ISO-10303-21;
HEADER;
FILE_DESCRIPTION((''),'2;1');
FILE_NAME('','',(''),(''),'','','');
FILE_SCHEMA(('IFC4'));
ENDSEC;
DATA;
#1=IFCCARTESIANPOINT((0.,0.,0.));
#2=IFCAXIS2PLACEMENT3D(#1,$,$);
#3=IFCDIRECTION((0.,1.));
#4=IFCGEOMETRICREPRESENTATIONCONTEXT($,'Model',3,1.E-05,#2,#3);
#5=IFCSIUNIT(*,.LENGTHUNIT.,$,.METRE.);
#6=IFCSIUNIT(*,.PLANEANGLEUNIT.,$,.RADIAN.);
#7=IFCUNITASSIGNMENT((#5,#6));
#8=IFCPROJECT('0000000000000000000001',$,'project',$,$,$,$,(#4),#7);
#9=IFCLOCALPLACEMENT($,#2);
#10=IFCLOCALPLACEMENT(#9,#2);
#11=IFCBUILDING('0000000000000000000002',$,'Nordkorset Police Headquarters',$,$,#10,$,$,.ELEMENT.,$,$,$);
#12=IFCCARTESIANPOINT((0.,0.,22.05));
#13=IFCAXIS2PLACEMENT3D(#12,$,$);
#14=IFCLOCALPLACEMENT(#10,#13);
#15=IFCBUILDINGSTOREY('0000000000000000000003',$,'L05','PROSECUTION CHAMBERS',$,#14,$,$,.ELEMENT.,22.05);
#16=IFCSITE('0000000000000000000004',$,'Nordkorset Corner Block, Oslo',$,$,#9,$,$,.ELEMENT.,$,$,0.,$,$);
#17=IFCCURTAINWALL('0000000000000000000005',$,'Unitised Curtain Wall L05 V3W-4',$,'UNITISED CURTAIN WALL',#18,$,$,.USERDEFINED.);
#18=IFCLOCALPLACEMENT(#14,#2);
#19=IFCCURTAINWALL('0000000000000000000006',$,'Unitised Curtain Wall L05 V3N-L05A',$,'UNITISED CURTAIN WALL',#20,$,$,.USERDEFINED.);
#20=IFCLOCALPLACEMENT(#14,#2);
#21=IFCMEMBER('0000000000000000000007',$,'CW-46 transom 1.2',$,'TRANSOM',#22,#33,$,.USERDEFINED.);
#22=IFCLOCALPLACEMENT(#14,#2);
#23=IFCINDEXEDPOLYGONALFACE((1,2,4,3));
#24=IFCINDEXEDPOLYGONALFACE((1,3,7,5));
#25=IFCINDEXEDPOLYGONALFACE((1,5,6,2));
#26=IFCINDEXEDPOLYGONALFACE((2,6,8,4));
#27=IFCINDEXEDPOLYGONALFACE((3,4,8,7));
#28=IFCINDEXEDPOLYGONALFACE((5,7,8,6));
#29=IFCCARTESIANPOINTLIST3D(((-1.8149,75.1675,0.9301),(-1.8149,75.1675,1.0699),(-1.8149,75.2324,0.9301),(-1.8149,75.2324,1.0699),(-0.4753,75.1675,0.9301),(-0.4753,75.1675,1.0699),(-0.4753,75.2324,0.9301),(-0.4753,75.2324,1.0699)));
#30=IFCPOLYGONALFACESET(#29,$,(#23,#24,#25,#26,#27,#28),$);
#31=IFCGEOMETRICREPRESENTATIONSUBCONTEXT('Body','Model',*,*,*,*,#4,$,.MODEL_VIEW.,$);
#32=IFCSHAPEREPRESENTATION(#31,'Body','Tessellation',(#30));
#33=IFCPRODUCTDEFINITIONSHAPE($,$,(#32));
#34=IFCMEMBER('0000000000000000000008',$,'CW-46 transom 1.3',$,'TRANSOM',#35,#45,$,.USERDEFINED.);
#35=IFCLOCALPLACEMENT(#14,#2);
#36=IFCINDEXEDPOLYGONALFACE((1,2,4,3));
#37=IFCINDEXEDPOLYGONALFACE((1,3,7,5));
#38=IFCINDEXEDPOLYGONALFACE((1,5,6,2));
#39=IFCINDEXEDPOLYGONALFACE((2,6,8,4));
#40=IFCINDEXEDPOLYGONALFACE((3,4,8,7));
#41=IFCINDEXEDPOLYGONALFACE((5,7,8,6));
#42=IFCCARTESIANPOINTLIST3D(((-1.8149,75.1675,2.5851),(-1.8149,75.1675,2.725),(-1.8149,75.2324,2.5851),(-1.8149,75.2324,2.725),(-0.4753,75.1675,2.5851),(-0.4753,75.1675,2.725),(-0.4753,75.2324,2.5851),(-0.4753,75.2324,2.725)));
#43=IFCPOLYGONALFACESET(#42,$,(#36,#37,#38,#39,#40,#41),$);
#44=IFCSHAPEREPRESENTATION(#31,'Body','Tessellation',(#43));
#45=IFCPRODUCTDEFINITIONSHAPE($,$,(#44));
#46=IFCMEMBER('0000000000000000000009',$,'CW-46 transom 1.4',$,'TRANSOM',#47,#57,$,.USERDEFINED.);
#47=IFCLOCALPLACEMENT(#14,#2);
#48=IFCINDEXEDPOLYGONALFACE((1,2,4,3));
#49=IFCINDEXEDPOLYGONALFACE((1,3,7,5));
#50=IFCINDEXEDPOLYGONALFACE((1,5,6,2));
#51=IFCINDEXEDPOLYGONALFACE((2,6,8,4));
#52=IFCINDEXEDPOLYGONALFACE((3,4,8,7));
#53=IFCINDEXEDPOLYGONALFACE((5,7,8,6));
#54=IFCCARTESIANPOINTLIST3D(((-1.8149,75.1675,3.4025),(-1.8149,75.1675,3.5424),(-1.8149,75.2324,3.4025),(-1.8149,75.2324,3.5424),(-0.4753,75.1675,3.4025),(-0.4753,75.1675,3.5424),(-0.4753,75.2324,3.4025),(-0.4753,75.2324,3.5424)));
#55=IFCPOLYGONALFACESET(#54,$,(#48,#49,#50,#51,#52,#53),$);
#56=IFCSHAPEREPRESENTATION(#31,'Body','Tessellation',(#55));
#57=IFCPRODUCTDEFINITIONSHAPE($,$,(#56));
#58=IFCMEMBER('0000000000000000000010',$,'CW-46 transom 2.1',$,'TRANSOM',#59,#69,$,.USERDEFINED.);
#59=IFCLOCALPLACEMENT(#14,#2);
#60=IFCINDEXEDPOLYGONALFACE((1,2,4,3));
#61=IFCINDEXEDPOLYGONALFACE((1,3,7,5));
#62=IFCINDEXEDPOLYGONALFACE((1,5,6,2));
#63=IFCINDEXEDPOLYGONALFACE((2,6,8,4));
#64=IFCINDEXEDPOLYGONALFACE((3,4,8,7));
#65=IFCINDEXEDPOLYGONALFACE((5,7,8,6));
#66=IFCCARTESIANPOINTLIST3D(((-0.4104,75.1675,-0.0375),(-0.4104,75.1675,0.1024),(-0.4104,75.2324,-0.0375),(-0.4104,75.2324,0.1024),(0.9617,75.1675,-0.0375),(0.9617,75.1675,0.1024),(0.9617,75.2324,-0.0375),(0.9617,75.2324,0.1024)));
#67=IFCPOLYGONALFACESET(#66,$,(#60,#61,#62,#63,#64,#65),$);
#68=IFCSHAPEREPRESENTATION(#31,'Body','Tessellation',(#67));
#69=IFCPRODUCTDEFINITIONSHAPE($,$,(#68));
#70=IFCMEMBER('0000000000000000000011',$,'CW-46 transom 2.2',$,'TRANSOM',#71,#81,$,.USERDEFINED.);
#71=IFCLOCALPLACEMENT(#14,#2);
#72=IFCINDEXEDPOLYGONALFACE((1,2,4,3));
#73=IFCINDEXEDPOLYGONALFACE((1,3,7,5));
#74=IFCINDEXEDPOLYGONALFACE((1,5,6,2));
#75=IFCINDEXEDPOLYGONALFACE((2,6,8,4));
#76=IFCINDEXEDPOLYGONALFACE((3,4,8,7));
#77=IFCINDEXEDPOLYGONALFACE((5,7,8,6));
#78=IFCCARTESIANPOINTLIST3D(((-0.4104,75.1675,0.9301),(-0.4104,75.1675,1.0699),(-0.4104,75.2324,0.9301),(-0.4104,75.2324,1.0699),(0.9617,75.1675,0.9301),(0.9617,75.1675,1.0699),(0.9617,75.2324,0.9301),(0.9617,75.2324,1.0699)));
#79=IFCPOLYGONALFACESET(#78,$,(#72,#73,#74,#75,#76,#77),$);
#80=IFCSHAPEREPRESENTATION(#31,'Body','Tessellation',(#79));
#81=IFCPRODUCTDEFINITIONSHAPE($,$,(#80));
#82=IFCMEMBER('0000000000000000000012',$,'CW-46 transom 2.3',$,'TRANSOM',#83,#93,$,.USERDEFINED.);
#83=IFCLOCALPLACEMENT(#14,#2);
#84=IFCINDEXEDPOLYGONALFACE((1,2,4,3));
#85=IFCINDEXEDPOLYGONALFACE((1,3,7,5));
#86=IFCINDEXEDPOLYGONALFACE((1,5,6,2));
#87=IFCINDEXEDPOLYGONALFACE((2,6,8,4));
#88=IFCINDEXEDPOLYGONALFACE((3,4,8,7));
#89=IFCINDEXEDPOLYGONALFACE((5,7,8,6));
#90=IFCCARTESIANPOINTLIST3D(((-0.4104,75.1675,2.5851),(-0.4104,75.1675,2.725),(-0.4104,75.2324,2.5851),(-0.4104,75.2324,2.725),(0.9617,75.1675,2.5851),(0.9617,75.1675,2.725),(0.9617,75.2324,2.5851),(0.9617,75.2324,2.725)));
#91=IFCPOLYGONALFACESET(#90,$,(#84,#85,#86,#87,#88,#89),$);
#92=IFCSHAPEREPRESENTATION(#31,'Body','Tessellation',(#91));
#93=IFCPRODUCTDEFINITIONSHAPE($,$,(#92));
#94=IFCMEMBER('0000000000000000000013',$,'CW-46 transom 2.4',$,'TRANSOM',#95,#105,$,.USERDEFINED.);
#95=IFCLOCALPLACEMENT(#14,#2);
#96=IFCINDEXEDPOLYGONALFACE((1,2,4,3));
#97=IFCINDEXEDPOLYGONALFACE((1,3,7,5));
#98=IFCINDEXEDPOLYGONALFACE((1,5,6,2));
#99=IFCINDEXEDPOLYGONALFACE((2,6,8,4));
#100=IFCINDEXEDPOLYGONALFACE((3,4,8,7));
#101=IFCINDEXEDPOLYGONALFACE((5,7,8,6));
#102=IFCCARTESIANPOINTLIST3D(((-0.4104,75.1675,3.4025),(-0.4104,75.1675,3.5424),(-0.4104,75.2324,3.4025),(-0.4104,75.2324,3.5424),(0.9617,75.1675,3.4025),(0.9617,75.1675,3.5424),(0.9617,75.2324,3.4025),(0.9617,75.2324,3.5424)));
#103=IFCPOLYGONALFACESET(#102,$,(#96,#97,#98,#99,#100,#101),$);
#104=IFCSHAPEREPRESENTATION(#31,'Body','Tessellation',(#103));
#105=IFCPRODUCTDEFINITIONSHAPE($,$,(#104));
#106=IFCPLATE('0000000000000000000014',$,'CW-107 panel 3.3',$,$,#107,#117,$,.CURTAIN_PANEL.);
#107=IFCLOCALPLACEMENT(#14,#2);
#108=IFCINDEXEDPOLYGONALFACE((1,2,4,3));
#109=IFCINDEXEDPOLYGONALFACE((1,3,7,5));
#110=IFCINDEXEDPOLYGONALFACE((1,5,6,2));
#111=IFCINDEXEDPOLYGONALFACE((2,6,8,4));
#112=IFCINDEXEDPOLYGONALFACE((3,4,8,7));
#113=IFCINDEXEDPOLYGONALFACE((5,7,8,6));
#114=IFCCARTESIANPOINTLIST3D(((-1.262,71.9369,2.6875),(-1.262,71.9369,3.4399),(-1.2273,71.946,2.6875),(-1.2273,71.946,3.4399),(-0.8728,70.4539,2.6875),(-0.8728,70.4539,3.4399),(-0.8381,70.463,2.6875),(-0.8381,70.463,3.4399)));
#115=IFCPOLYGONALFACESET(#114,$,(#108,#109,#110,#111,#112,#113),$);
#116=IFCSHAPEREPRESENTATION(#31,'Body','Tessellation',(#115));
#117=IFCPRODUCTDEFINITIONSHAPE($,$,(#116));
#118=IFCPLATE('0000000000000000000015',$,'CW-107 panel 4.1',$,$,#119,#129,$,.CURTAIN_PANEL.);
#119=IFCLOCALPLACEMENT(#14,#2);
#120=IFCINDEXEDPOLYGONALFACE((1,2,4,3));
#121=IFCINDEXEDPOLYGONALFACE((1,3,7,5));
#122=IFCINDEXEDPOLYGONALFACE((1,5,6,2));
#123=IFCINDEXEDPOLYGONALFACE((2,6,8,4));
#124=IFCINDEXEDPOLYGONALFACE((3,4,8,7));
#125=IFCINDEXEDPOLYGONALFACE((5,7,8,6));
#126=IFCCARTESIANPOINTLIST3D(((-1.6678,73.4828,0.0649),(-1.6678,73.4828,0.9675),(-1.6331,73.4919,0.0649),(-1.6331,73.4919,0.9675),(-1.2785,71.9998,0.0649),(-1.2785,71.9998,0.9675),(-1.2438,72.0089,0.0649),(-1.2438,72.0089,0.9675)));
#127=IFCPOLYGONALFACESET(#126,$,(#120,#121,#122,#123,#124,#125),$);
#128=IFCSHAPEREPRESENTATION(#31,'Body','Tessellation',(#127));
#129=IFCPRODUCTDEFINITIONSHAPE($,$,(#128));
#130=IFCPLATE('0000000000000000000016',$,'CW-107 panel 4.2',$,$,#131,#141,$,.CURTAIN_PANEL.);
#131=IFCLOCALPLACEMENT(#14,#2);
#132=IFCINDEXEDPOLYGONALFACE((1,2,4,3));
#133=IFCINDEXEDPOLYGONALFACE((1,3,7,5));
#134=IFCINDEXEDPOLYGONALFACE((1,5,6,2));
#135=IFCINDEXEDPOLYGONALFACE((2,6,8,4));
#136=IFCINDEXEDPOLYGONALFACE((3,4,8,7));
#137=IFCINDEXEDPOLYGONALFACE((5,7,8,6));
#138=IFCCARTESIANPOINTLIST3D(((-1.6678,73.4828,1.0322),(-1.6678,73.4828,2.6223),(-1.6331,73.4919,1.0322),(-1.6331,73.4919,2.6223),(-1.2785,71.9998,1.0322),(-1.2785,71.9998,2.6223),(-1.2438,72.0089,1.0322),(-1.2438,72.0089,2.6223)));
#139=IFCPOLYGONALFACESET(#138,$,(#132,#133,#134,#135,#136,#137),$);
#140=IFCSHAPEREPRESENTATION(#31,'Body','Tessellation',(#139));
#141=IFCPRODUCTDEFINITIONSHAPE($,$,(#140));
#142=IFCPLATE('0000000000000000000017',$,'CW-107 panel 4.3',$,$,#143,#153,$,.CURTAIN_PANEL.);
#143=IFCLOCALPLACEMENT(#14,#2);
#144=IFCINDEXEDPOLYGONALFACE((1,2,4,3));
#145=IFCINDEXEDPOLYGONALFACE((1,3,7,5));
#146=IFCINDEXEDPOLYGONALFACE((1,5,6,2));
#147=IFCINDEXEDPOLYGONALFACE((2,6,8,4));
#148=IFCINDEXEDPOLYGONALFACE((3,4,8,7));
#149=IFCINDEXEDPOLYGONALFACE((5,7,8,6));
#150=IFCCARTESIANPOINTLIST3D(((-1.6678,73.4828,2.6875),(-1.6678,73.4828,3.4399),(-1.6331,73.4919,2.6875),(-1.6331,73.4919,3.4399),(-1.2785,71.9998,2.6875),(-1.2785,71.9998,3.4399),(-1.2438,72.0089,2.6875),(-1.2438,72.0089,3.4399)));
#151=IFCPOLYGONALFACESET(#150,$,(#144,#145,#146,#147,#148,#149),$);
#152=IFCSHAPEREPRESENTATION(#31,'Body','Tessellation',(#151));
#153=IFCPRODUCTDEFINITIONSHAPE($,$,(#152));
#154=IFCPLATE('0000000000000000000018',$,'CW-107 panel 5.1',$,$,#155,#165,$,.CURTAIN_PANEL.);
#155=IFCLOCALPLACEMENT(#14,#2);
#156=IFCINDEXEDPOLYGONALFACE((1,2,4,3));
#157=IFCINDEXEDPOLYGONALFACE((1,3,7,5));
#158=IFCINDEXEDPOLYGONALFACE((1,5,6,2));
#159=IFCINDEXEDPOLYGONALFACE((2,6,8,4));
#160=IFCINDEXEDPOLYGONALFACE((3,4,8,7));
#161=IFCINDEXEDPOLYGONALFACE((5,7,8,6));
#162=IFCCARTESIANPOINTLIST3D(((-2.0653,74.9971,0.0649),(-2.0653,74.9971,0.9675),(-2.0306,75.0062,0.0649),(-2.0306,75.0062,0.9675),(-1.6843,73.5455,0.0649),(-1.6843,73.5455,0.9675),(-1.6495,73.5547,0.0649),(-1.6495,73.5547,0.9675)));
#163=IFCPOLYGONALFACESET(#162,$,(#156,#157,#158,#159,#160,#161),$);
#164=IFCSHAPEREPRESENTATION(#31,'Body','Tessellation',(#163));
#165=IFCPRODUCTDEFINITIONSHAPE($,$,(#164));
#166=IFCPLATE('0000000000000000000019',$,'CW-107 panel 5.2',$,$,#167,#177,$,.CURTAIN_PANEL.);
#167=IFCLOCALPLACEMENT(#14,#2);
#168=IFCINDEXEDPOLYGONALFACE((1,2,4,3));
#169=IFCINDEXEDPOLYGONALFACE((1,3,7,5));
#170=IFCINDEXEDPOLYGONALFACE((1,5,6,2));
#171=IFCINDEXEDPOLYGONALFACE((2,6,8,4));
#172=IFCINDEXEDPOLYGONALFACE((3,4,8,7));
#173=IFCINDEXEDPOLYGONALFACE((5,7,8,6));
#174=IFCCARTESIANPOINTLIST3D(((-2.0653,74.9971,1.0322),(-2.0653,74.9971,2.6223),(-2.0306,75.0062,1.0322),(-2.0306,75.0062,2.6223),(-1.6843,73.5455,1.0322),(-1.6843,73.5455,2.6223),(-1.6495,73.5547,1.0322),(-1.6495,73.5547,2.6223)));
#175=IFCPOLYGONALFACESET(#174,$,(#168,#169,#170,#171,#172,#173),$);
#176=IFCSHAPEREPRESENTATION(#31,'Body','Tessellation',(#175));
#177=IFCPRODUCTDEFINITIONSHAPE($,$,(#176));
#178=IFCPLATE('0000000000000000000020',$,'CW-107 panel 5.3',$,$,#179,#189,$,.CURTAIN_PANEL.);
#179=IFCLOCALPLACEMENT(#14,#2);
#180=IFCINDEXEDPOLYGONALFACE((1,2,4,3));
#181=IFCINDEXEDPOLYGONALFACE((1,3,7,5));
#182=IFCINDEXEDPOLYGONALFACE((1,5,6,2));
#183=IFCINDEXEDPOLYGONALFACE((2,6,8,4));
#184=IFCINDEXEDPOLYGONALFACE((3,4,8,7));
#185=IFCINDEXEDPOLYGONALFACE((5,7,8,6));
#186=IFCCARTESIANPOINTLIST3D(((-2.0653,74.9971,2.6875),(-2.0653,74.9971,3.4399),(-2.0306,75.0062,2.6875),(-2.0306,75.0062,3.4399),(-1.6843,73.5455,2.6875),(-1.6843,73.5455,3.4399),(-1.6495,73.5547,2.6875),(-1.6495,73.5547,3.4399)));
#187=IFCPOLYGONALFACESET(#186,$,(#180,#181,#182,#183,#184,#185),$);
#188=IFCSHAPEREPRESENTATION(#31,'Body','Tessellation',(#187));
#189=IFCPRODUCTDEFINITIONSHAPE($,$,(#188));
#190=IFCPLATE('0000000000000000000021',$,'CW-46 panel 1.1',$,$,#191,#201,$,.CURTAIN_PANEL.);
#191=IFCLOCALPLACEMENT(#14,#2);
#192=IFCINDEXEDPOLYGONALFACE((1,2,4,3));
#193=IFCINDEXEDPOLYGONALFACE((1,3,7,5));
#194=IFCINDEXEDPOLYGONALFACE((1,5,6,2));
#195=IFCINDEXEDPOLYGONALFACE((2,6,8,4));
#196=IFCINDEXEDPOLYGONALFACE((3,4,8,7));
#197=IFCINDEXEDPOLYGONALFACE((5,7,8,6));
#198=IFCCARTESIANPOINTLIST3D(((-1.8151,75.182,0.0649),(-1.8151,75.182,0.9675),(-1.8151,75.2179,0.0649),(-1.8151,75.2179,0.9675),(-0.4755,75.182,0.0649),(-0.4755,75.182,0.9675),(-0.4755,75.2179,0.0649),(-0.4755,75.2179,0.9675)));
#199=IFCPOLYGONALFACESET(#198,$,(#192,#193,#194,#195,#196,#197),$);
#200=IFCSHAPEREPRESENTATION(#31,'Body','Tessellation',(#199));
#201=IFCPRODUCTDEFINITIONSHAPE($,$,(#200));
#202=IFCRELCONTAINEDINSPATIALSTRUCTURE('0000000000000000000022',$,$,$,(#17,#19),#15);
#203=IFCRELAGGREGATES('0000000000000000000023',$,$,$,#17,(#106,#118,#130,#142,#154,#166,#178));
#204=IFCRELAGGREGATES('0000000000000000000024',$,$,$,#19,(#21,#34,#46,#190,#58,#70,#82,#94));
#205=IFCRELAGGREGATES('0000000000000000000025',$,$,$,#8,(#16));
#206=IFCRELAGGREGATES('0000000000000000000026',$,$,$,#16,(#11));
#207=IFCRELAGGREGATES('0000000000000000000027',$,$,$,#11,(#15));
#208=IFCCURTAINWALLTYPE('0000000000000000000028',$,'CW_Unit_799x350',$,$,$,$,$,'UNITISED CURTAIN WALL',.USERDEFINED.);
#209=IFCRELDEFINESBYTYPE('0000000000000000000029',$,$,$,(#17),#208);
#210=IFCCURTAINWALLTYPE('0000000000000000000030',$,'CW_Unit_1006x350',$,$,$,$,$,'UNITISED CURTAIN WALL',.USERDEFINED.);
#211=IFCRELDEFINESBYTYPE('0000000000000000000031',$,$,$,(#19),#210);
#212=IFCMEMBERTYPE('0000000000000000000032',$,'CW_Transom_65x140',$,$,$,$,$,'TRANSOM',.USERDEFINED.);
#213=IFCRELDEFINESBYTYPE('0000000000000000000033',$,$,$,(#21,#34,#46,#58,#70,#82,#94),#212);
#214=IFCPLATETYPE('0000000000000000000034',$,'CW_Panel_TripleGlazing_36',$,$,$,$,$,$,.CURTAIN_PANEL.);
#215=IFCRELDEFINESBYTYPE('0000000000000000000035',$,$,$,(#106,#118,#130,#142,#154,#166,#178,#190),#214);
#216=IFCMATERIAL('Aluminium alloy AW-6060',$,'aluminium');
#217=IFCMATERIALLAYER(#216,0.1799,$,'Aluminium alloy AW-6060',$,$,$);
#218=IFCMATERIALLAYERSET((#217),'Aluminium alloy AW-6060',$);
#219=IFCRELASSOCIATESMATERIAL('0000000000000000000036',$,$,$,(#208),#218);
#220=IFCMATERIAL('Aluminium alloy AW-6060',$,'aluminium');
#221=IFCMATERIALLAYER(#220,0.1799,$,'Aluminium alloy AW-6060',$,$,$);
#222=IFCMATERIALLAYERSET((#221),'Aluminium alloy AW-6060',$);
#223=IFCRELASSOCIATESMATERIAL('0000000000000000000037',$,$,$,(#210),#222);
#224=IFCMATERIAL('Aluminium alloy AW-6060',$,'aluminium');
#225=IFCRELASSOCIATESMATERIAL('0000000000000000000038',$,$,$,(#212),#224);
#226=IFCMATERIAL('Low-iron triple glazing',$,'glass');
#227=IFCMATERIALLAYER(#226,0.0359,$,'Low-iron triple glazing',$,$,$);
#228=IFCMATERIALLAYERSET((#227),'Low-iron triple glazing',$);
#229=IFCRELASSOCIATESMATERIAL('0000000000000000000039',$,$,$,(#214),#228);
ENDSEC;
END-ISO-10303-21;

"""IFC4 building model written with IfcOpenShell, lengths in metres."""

from ifc_helpers import new_model, si_unit, direction, frame, origin, origin_2d, place, context, subcontext, project, spatial, rectangle, extrude, material, layer, layer_set, material_profile, profile_set, type_object, element, aggregate, save


model = new_model("IFC4")

# Units and contexts
model_context = context("Model", 3, precision=1e-05, world=origin(), true_north=direction((0.0, 1.0)))
body_context = subcontext(model_context, "Body", "Model", "MODEL_VIEW")
ifc_project = project(units=[si_unit("LENGTHUNIT", "METRE"), si_unit("PLANEANGLEUNIT", "RADIAN")], contexts=[model_context])

# Site, building, storey
site_placement = place(None, origin())
site = spatial("IfcSite", under=ifc_project, at=site_placement, Name="Nordkorset Corner Block, Oslo", CompositionType="ELEMENT", RefElevation=0.0)
building_placement = place(site_placement, origin())
building = spatial("IfcBuilding", under=site, at=building_placement, Name="Nordkorset Police Headquarters", CompositionType="ELEMENT")
storey_placement = place(building_placement, frame((0.0, 0.0, 22.05)))
storey = spatial("IfcBuildingStorey", under=building, at=storey_placement, Name="L05", Description="PROSECUTION CHAMBERS", CompositionType="ELEMENT", Elevation=22.05)

# Curtain walls
ifc_material_1 = material(Name="Aluminium alloy AW-6060", Category="aluminium")
ifc_layer_1 = layer(ifc_material_1, 0.1799, Name="Aluminium alloy AW-6060")
ifc_layer_set_1 = layer_set([ifc_layer_1], Name="Aluminium alloy AW-6060")
curtain_wall_type_1 = type_object("IfcCurtainWallType", Name="CW_Unit_799x350", ElementType="UNITISED CURTAIN WALL", PredefinedType="USERDEFINED", material=ifc_layer_set_1)
curtain_wall_1_placement = place(storey_placement, origin())
curtain_wall_1 = element("IfcCurtainWall", 1, at=curtain_wall_1_placement, inside=storey, type_object=curtain_wall_type_1, Name="Unitised Curtain Wall L05 V3W-4", ObjectType="UNITISED CURTAIN WALL", PredefinedType="USERDEFINED")
ifc_material_2 = material(Name="Aluminium alloy AW-6060", Category="aluminium")
ifc_layer_2 = layer(ifc_material_2, 0.1799, Name="Aluminium alloy AW-6060")
ifc_layer_set_2 = layer_set([ifc_layer_2], Name="Aluminium alloy AW-6060")
curtain_wall_type_2 = type_object("IfcCurtainWallType", Name="CW_Unit_1006x350", ElementType="UNITISED CURTAIN WALL", PredefinedType="USERDEFINED", material=ifc_layer_set_2)
curtain_wall_2_placement = place(storey_placement, origin())
curtain_wall_2 = element("IfcCurtainWall", 2, at=curtain_wall_2_placement, inside=storey, type_object=curtain_wall_type_2, Name="Unitised Curtain Wall L05 V3N-L05A", ObjectType="UNITISED CURTAIN WALL", PredefinedType="USERDEFINED")

# Members
ifc_material_3 = material(Name="Aluminium alloy AW-6060", Category="aluminium")
ifc_material_profile_1 = material_profile(ifc_material_3, rectangle(XDim=0.0649, YDim=0.1399, at=origin_2d()), Name="ALU TRAN 65x140")
ifc_profile_set_1 = profile_set([ifc_material_profile_1], Name="Aluminium alloy AW-6060")
member_type_1 = type_object("IfcMemberType", Name="CW_Transom_65x140", ElementType="TRANSOM", PredefinedType="USERDEFINED", material=ifc_profile_set_1)
member_1_placement = place(storey_placement, frame((-1.8149, 75.2, 1.0), z_axis=(1.0, 0.0, 0.0), x_axis=(0.0, 1.0, 0.0)))
member_1 = element("IfcMember", 3, at=member_1_placement, type_object=member_type_1, Name="CW-46 transom 1.2", ObjectType="TRANSOM", PredefinedType="USERDEFINED", context=body_context, shape_type="SweptSolid", body=[
    extrude(rectangle(XDim=0.0649, YDim=0.1399, at=origin_2d()), origin(), (0.0, 0.0, 1.0), 1.3396),
])
member_2_placement = place(storey_placement, frame((-1.8149, 75.2, 2.655), z_axis=(1.0, 0.0, 0.0), x_axis=(0.0, 1.0, 0.0)))
member_2 = element("IfcMember", 4, at=member_2_placement, type_object=member_type_1, Name="CW-46 transom 1.3", ObjectType="TRANSOM", PredefinedType="USERDEFINED", context=body_context, shape_type="SweptSolid", body=[
    extrude(rectangle(XDim=0.0649, YDim=0.1399, at=origin_2d()), origin(), (0.0, 0.0, 1.0), 1.3396),
])
member_3_placement = place(storey_placement, frame((-1.8149, 75.2, 3.4724), z_axis=(1.0, 0.0, 0.0), x_axis=(0.0, 1.0, 0.0)))
member_3 = element("IfcMember", 5, at=member_3_placement, type_object=member_type_1, Name="CW-46 transom 1.4", ObjectType="TRANSOM", PredefinedType="USERDEFINED", context=body_context, shape_type="SweptSolid", body=[
    extrude(rectangle(XDim=0.0649, YDim=0.1399, at=origin_2d()), origin(), (0.0, 0.0, 1.0), 1.3396),
])
member_4_placement = place(storey_placement, frame((-0.4104, 75.2, 0.0325), z_axis=(1.0, 0.0, 0.0), x_axis=(0.0, 1.0, 0.0)))
member_4 = element("IfcMember", 6, at=member_4_placement, type_object=member_type_1, Name="CW-46 transom 2.1", ObjectType="TRANSOM", PredefinedType="USERDEFINED", context=body_context, shape_type="SweptSolid", body=[
    extrude(rectangle(XDim=0.0649, YDim=0.1399, at=origin_2d()), origin(), (0.0, 0.0, 1.0), 1.3721),
])
member_5_placement = place(storey_placement, frame((-0.4104, 75.2, 1.0), z_axis=(1.0, 0.0, 0.0), x_axis=(0.0, 1.0, 0.0)))
member_5 = element("IfcMember", 7, at=member_5_placement, type_object=member_type_1, Name="CW-46 transom 2.2", ObjectType="TRANSOM", PredefinedType="USERDEFINED", context=body_context, shape_type="SweptSolid", body=[
    extrude(rectangle(XDim=0.0649, YDim=0.1399, at=origin_2d()), origin(), (0.0, 0.0, 1.0), 1.3721),
])
member_6_placement = place(storey_placement, frame((-0.4104, 75.2, 2.655), z_axis=(1.0, 0.0, 0.0), x_axis=(0.0, 1.0, 0.0)))
member_6 = element("IfcMember", 8, at=member_6_placement, type_object=member_type_1, Name="CW-46 transom 2.3", ObjectType="TRANSOM", PredefinedType="USERDEFINED", context=body_context, shape_type="SweptSolid", body=[
    extrude(rectangle(XDim=0.0649, YDim=0.1399, at=origin_2d()), origin(), (0.0, 0.0, 1.0), 1.3721),
])
member_7_placement = place(storey_placement, frame((-0.4104, 75.2, 3.4724), z_axis=(1.0, 0.0, 0.0), x_axis=(0.0, 1.0, 0.0)))
member_7 = element("IfcMember", 9, at=member_7_placement, type_object=member_type_1, Name="CW-46 transom 2.4", ObjectType="TRANSOM", PredefinedType="USERDEFINED", context=body_context, shape_type="SweptSolid", body=[
    extrude(rectangle(XDim=0.0649, YDim=0.1399, at=origin_2d()), origin(), (0.0, 0.0, 1.0), 1.3721),
])

# Plates
ifc_material_4 = material(Name="Low-iron triple glazing", Category="glass")
ifc_layer_3 = layer(ifc_material_4, 0.0359, Name="Low-iron triple glazing")
ifc_layer_set_3 = layer_set([ifc_layer_3], Name="Low-iron triple glazing")
plate_type = type_object("IfcPlateType", Name="CW_Panel_TripleGlazing_36", PredefinedType="CURTAIN_PANEL", material=ifc_layer_set_3)
plate_1_placement = place(storey_placement, frame((-1.05, 71.2, 2.6875), z_axis=(0.0, 0.0, 1.0), x_axis=(-0.253897, 0.967231, 0.0)))
plate_1 = element("IfcPlate", 10, at=plate_1_placement, type_object=plate_type, Name="CW-107 panel 3.3", PredefinedType="CURTAIN_PANEL", context=body_context, shape_type="SweptSolid", body=[
    extrude(rectangle(XDim=1.5332, YDim=0.0359, at=origin_2d()), origin(), (0.0, 0.0, 1.0), 0.7524),
])
plate_2_placement = place(storey_placement, frame((-1.4558, 72.7458, 0.0649), z_axis=(0.0, 0.0, 1.0), x_axis=(-0.253897, 0.967231, 0.0)))
plate_2 = element("IfcPlate", 11, at=plate_2_placement, type_object=plate_type, Name="CW-107 panel 4.1", PredefinedType="CURTAIN_PANEL", context=body_context, shape_type="SweptSolid", body=[
    extrude(rectangle(XDim=1.5332, YDim=0.0359, at=origin_2d()), origin(), (0.0, 0.0, 1.0), 0.9026),
])
plate_3_placement = place(storey_placement, frame((-1.4558, 72.7458, 1.0322), z_axis=(0.0, 0.0, 1.0), x_axis=(-0.253897, 0.967231, 0.0)))
plate_3 = element("IfcPlate", 12, at=plate_3_placement, type_object=plate_type, Name="CW-107 panel 4.2", PredefinedType="CURTAIN_PANEL", context=body_context, shape_type="SweptSolid", body=[
    extrude(rectangle(XDim=1.5332, YDim=0.0359, at=origin_2d()), origin(), (0.0, 0.0, 1.0), 1.5901),
])
plate_4_placement = place(storey_placement, frame((-1.4558, 72.7458, 2.6875), z_axis=(0.0, 0.0, 1.0), x_axis=(-0.253897, 0.967231, 0.0)))
plate_4 = element("IfcPlate", 13, at=plate_4_placement, type_object=plate_type, Name="CW-107 panel 4.3", PredefinedType="CURTAIN_PANEL", context=body_context, shape_type="SweptSolid", body=[
    extrude(rectangle(XDim=1.5332, YDim=0.0359, at=origin_2d()), origin(), (0.0, 0.0, 1.0), 0.7524),
])
plate_5_placement = place(storey_placement, frame((-1.8574, 74.2759, 0.0649), z_axis=(0.0, 0.0, 1.0), x_axis=(-0.253897, 0.967231, 0.0)))
plate_5 = element("IfcPlate", 14, at=plate_5_placement, type_object=plate_type, Name="CW-107 panel 5.1", PredefinedType="CURTAIN_PANEL", context=body_context, shape_type="SweptSolid", body=[
    extrude(rectangle(XDim=1.5007, YDim=0.0359, at=origin_2d()), origin(), (0.0, 0.0, 1.0), 0.9026),
])
plate_6_placement = place(storey_placement, frame((-1.8574, 74.2759, 1.0322), z_axis=(0.0, 0.0, 1.0), x_axis=(-0.253897, 0.967231, 0.0)))
plate_6 = element("IfcPlate", 15, at=plate_6_placement, type_object=plate_type, Name="CW-107 panel 5.2", PredefinedType="CURTAIN_PANEL", context=body_context, shape_type="SweptSolid", body=[
    extrude(rectangle(XDim=1.5007, YDim=0.0359, at=origin_2d()), origin(), (0.0, 0.0, 1.0), 1.5901),
])
plate_7_placement = place(storey_placement, frame((-1.8574, 74.2759, 2.6875), z_axis=(0.0, 0.0, 1.0), x_axis=(-0.253897, 0.967231, 0.0)))
plate_7 = element("IfcPlate", 16, at=plate_7_placement, type_object=plate_type, Name="CW-107 panel 5.3", PredefinedType="CURTAIN_PANEL", context=body_context, shape_type="SweptSolid", body=[
    extrude(rectangle(XDim=1.5007, YDim=0.0359, at=origin_2d()), origin(), (0.0, 0.0, 1.0), 0.7524),
])
aggregate(curtain_wall_1, [plate_1, plate_2, plate_3, plate_4, plate_5, plate_6, plate_7])
plate_8_placement = place(storey_placement, frame((-1.1453, 75.2, 0.0649), z_axis=(0.0, 0.0, 1.0), x_axis=(1.0, 0.0, 0.0)))
plate_8 = element("IfcPlate", 17, at=plate_8_placement, type_object=plate_type, Name="CW-46 panel 1.1", PredefinedType="CURTAIN_PANEL", context=body_context, shape_type="SweptSolid", body=[
    extrude(rectangle(XDim=1.3396, YDim=0.0359, at=origin_2d()), origin(), (0.0, 0.0, 1.0), 0.9026),
])
aggregate(curtain_wall_2, [member_1, member_2, member_3, plate_8, member_4, member_5, member_6, member_7])

save(model, "model.ifc")
